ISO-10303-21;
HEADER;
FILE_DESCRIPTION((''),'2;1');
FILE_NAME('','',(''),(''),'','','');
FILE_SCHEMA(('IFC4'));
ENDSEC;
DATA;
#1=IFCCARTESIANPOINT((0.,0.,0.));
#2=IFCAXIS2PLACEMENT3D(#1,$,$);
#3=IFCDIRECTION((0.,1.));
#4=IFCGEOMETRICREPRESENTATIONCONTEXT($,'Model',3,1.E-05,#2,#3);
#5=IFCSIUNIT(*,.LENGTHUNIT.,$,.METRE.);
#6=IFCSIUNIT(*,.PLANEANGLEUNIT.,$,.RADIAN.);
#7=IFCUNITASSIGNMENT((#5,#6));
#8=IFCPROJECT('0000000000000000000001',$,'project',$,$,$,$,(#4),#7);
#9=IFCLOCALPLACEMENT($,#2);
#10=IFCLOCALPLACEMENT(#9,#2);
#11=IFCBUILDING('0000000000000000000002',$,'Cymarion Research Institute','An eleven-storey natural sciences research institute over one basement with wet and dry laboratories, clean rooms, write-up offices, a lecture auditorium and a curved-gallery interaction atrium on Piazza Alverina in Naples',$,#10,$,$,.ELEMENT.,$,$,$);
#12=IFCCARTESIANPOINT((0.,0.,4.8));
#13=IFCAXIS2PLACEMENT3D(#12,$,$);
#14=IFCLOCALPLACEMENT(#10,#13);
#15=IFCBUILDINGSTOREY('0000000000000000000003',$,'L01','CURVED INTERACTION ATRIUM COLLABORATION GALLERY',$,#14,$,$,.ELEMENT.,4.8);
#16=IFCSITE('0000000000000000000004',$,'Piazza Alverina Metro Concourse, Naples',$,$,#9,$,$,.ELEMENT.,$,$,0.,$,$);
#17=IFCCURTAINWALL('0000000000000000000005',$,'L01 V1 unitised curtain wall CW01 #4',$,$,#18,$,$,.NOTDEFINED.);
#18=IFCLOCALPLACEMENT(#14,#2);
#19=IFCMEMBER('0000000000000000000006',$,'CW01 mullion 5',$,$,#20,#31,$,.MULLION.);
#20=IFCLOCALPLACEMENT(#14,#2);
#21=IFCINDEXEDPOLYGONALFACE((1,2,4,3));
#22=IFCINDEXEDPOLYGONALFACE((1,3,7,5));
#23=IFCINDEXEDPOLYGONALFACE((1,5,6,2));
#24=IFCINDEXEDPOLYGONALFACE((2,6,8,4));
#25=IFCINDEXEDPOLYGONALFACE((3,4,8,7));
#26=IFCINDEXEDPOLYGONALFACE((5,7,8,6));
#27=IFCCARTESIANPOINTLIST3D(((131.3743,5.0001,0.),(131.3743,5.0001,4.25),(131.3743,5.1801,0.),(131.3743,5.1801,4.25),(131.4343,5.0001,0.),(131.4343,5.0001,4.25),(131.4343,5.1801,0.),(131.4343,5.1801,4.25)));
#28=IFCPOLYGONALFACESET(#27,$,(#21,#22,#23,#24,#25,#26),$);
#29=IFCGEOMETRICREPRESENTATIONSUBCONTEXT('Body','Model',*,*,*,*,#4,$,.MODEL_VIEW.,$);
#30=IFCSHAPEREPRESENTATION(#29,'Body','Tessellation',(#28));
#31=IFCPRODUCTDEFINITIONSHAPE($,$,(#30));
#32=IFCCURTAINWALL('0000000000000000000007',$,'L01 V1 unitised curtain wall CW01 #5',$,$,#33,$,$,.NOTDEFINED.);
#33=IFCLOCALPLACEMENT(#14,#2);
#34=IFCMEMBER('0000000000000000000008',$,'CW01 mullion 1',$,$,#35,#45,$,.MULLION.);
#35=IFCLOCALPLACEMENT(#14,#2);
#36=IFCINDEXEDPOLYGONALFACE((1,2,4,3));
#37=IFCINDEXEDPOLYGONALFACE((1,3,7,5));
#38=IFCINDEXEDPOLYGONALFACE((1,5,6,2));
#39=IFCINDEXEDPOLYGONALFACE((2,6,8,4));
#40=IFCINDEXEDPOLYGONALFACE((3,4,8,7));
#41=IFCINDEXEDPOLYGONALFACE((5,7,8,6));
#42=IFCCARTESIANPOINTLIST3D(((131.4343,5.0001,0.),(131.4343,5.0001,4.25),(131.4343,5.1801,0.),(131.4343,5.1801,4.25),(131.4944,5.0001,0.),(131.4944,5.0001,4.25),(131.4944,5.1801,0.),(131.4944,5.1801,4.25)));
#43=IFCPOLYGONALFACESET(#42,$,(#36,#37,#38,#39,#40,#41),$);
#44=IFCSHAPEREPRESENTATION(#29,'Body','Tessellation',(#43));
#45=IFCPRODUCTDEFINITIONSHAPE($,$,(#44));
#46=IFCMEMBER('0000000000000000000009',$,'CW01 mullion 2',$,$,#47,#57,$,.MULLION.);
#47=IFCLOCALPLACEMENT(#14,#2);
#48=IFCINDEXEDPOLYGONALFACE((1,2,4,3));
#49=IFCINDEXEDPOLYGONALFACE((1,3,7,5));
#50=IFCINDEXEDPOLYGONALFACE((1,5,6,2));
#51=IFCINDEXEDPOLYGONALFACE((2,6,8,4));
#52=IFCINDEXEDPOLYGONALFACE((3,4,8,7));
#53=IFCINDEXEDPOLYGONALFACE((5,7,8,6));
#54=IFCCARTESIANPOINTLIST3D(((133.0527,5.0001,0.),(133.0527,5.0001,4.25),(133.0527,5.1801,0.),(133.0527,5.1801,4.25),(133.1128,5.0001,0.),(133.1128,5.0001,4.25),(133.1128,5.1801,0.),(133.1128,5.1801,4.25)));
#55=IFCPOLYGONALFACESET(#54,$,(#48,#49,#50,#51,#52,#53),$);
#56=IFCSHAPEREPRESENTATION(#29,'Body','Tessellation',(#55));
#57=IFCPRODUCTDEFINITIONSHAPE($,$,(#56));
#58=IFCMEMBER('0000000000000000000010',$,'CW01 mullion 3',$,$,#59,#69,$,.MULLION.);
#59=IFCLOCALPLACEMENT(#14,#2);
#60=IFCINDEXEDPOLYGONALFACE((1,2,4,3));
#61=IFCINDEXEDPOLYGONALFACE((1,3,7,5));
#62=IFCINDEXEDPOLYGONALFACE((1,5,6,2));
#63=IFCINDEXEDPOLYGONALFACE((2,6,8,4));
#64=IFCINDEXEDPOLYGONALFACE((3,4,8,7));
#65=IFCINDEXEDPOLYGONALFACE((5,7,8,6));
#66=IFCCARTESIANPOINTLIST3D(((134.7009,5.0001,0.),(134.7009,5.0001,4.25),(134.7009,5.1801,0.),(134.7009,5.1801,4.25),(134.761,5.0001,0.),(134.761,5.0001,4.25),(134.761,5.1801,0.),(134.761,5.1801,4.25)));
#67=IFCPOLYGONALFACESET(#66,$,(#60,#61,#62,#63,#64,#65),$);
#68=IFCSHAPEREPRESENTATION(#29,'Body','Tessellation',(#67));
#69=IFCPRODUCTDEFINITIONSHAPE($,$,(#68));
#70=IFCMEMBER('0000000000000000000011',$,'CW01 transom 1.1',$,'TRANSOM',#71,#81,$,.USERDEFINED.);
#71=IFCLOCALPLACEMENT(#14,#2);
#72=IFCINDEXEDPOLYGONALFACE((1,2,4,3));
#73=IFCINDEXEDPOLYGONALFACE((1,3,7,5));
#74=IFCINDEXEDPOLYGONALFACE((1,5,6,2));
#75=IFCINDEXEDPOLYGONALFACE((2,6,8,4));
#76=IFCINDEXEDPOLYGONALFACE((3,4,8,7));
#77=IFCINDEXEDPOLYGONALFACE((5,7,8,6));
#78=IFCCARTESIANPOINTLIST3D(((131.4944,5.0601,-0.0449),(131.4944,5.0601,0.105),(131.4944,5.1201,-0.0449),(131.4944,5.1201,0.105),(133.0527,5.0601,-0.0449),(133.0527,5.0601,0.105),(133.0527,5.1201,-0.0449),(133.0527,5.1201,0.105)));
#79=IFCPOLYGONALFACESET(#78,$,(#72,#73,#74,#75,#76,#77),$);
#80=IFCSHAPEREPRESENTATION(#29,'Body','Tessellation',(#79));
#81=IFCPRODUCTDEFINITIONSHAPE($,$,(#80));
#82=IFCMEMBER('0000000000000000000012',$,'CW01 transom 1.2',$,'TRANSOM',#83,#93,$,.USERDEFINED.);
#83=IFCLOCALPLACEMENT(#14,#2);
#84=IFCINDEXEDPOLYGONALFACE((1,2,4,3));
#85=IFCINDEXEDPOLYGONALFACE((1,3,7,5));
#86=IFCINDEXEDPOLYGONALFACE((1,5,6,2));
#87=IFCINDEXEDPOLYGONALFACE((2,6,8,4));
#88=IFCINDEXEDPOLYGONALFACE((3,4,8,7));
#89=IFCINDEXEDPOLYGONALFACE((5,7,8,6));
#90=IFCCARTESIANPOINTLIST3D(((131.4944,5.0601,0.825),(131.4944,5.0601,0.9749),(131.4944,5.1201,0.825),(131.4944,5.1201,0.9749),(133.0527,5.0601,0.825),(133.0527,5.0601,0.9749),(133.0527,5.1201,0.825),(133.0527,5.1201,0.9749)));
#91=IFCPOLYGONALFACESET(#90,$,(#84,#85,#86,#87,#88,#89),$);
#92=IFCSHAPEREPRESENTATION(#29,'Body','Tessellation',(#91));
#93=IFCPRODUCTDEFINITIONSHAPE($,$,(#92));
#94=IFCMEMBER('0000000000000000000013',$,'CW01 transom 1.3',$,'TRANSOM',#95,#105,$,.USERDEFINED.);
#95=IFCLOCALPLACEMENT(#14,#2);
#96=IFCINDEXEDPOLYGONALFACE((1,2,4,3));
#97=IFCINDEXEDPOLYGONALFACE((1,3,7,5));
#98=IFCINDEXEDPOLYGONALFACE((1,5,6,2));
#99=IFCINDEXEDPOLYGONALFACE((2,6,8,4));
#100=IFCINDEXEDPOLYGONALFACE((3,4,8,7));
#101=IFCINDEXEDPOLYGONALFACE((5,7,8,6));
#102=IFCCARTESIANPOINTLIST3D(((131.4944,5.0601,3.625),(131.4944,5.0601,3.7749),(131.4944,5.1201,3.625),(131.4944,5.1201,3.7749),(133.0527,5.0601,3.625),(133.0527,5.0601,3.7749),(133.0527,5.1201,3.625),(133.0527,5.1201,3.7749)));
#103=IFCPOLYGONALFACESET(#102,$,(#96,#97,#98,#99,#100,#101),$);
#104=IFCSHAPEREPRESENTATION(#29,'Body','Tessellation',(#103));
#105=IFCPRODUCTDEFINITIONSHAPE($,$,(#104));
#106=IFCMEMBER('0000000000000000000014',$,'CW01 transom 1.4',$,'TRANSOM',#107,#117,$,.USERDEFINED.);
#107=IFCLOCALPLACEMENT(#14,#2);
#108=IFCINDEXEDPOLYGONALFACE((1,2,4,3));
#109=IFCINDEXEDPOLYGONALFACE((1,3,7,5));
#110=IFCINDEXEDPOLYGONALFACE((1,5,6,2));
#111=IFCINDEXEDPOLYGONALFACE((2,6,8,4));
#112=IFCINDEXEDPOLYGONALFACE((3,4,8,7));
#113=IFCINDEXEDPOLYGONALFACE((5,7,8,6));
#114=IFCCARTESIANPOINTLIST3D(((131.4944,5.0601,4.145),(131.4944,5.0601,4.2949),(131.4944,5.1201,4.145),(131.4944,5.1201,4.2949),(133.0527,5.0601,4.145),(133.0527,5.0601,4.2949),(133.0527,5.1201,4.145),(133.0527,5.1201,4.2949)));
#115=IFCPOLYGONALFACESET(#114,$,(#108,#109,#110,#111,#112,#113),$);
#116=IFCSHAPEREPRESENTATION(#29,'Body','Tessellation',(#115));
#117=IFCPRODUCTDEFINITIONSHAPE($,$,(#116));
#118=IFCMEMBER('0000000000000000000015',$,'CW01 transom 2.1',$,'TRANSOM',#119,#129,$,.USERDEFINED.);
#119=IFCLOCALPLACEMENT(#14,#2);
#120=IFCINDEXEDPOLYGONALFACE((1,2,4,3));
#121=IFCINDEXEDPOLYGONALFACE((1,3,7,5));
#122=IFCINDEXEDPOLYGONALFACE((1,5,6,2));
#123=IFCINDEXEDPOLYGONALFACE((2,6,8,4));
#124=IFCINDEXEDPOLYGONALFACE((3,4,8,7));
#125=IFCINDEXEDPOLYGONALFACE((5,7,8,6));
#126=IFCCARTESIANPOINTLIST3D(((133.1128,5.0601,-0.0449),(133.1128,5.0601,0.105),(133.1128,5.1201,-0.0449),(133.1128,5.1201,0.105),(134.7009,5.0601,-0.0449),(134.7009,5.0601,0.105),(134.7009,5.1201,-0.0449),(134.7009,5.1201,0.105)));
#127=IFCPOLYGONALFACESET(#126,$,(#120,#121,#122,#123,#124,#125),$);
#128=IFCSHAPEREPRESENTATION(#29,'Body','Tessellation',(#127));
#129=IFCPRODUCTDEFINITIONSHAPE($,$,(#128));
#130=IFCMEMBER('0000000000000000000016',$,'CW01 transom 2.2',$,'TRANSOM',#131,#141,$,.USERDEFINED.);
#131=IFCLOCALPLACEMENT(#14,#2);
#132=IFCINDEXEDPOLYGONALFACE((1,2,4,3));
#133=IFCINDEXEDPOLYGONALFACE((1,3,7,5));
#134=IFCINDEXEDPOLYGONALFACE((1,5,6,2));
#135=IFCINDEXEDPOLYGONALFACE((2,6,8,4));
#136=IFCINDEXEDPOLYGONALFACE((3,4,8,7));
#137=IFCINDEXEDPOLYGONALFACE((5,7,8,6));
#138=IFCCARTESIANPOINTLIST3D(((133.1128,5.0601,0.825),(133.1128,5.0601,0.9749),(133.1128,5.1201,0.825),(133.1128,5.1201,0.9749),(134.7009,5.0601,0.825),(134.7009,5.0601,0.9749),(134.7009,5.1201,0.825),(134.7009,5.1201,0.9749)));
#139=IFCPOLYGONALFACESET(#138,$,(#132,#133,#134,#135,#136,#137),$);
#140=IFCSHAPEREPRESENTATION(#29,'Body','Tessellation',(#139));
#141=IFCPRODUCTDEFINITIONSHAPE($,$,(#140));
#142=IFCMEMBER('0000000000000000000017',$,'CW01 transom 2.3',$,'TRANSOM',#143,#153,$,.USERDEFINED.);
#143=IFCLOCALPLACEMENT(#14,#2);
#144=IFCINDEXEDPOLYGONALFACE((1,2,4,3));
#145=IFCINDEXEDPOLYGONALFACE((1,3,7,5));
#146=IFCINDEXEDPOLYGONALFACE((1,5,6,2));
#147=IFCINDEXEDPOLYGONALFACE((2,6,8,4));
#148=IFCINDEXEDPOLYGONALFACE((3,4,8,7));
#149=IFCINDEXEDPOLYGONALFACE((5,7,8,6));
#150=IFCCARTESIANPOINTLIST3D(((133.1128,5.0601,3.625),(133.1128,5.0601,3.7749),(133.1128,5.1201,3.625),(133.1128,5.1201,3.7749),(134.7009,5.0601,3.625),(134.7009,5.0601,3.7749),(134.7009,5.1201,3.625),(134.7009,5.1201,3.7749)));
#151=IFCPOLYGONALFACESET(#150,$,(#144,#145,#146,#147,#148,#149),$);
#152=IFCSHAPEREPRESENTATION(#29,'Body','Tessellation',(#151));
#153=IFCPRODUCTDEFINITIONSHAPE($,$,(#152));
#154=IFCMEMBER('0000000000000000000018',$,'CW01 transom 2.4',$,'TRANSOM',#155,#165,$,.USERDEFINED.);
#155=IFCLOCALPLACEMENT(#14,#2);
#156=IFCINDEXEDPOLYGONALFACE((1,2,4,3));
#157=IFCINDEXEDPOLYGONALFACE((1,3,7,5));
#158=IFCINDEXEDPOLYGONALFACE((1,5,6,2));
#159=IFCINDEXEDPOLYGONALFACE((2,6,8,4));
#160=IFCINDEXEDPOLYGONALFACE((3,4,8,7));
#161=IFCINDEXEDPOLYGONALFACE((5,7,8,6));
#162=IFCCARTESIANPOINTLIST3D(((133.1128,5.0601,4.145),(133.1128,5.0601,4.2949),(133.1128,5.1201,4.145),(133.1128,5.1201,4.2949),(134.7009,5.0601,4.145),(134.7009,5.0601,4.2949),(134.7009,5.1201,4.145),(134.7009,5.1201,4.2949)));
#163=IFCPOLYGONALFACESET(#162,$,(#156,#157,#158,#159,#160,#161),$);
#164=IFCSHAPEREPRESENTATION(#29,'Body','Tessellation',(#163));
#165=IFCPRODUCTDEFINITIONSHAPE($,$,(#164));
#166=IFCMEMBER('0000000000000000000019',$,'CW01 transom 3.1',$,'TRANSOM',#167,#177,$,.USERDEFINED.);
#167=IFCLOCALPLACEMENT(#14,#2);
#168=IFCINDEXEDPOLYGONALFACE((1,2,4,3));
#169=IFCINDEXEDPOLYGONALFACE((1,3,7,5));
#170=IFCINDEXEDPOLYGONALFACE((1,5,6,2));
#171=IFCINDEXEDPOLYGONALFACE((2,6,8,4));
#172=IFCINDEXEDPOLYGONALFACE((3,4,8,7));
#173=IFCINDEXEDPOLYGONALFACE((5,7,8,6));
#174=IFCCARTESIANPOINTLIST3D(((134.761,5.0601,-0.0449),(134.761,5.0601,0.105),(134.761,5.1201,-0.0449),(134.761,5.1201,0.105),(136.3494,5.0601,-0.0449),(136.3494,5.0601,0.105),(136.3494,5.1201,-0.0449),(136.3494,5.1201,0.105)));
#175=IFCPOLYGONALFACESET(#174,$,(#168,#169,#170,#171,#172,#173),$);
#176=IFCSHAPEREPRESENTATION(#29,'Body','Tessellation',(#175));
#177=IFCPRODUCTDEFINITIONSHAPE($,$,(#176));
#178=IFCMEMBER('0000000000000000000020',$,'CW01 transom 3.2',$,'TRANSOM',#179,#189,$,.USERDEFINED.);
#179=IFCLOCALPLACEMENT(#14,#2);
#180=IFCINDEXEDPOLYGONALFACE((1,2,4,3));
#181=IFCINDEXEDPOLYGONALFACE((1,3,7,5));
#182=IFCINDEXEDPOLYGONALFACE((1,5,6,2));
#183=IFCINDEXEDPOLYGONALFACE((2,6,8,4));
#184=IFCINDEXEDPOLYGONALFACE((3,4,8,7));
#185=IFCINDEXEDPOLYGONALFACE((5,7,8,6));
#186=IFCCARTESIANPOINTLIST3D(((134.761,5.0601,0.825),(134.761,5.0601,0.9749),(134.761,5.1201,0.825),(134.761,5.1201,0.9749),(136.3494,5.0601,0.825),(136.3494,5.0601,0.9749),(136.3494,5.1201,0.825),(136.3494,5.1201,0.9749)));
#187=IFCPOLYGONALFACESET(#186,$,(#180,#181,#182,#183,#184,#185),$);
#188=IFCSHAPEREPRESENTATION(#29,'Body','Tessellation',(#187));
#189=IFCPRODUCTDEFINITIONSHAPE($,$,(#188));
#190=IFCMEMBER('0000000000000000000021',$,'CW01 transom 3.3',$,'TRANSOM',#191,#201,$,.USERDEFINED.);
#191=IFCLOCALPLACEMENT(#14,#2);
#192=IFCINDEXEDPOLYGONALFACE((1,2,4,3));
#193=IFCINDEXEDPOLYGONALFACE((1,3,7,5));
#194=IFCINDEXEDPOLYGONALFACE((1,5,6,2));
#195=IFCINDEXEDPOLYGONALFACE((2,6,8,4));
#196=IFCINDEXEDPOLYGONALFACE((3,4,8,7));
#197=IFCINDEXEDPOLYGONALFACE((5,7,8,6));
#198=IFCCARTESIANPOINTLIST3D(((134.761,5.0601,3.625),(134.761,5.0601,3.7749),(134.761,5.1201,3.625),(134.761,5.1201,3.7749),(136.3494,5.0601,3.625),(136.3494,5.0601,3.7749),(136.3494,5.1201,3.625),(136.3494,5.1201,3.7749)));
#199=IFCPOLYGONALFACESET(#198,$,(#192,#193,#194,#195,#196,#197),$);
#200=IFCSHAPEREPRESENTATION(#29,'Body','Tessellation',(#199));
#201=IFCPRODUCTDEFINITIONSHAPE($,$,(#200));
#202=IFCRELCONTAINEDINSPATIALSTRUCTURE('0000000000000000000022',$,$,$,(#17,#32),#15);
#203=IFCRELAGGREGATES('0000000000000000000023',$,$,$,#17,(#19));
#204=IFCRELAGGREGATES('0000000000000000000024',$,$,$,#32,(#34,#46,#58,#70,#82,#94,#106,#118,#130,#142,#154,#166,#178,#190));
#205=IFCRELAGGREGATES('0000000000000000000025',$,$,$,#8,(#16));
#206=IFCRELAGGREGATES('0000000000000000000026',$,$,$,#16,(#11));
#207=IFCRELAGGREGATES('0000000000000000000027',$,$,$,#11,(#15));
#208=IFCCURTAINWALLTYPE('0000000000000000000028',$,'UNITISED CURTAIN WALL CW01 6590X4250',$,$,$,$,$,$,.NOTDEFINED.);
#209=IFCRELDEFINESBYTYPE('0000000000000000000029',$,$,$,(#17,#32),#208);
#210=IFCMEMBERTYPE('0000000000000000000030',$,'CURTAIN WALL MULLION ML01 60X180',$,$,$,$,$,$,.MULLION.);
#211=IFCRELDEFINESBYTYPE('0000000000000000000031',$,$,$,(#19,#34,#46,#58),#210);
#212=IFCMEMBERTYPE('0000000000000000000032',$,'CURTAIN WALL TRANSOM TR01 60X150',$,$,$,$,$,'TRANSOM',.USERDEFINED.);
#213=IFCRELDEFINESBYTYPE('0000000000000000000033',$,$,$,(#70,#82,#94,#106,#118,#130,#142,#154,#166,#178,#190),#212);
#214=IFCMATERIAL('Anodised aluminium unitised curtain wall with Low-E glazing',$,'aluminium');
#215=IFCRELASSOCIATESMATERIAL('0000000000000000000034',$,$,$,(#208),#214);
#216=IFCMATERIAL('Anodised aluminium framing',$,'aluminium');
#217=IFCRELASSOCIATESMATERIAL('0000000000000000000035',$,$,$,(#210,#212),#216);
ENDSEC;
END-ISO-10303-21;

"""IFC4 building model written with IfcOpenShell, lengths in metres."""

from ifc_helpers import new_model, si_unit, direction, frame, origin, origin_2d, place, context, subcontext, project, spatial, rectangle, extrude, material, material_profile, profile_set, type_object, element, aggregate, save


model = new_model("IFC4")

# Units and contexts
model_context = context("Model", 3, precision=1e-05, world=origin(), true_north=direction((0.0, 1.0)))
body_context = subcontext(model_context, "Body", "Model", "MODEL_VIEW")
ifc_project = project(units=[si_unit("LENGTHUNIT", "METRE"), si_unit("PLANEANGLEUNIT", "RADIAN")], contexts=[model_context])

# Site, building, storey
site_placement = place(None, origin())
site = spatial("IfcSite", under=ifc_project, at=site_placement, Name="Piazza Alverina Metro Concourse, Naples", CompositionType="ELEMENT", RefElevation=0.0)
building_placement = place(site_placement, origin())
building = spatial("IfcBuilding", under=site, at=building_placement, Name="Cymarion Research Institute", Description="An eleven-storey natural sciences research institute over one basement with wet and dry laboratories, clean rooms, write-up offices, a lecture auditorium and a curved-gallery interaction atrium on Piazza Alverina in Naples", CompositionType="ELEMENT")
storey_placement = place(building_placement, frame((0.0, 0.0, 4.8)))
storey = spatial("IfcBuildingStorey", under=building, at=storey_placement, Name="L01", Description="CURVED INTERACTION ATRIUM COLLABORATION GALLERY", CompositionType="ELEMENT", Elevation=4.8)

# Curtain wall, member
ifc_material_1 = material(Name="Anodised aluminium unitised curtain wall with Low-E glazing", Category="aluminium")
curtain_wall_type = type_object("IfcCurtainWallType", Name="UNITISED CURTAIN WALL CW01 6590X4250", PredefinedType="NOTDEFINED", material=ifc_material_1)
curtain_wall_1_placement = place(storey_placement, origin())
curtain_wall_1 = element("IfcCurtainWall", 1, at=curtain_wall_1_placement, inside=storey, type_object=curtain_wall_type, Name="L01 V1 unitised curtain wall CW01 #4", PredefinedType="NOTDEFINED")
ifc_material_2 = material(Name="Anodised aluminium framing", Category="aluminium")
ifc_material_profile_1 = material_profile(ifc_material_2, rectangle(XDim=0.0601, YDim=0.1799, at=origin_2d()), Name="ALU MULLION 60x180")
ifc_profile_set_1 = profile_set([ifc_material_profile_1], Name="Anodised aluminium framing")
member_type_1 = type_object("IfcMemberType", Name="CURTAIN WALL MULLION ML01 60X180", PredefinedType="MULLION", material=ifc_profile_set_1)
member_1_placement = place(storey_placement, frame((131.4043, 5.0901, 0.0), z_axis=(0.0, 0.0, 1.0), x_axis=(1.0, 0.0, 0.0)))
member_1 = element("IfcMember", 2, at=member_1_placement, type_object=member_type_1, Name="CW01 mullion 5", PredefinedType="MULLION", context=body_context, shape_type="SweptSolid", body=[
    extrude(rectangle(XDim=0.0601, YDim=0.1799, at=origin_2d()), origin(), (0.0, 0.0, 1.0), 4.25),
])

# Curtain wall, members
curtain_wall_2_placement = place(storey_placement, origin())
curtain_wall_2 = element("IfcCurtainWall", 3, at=curtain_wall_2_placement, inside=storey, type_object=curtain_wall_type, Name="L01 V1 unitised curtain wall CW01 #5", PredefinedType="NOTDEFINED")
member_2_placement = place(storey_placement, frame((131.4644, 5.0901, 0.0), z_axis=(0.0, 0.0, 1.0), x_axis=(1.0, 0.0, 0.0)))
member_2 = element("IfcMember", 4, at=member_2_placement, type_object=member_type_1, Name="CW01 mullion 1", PredefinedType="MULLION", context=body_context, shape_type="SweptSolid", body=[
    extrude(rectangle(XDim=0.0601, YDim=0.1799, at=origin_2d()), origin(), (0.0, 0.0, 1.0), 4.25),
])
member_3_placement = place(storey_placement, frame((133.0828, 5.0901, 0.0), z_axis=(0.0, 0.0, 1.0), x_axis=(1.0, 0.0, 0.0)))
member_3 = element("IfcMember", 5, at=member_3_placement, type_object=member_type_1, Name="CW01 mullion 2", PredefinedType="MULLION", context=body_context, shape_type="SweptSolid", body=[
    extrude(rectangle(XDim=0.0601, YDim=0.1799, at=origin_2d()), origin(), (0.0, 0.0, 1.0), 4.25),
])
member_4_placement = place(storey_placement, frame((134.731, 5.0901, 0.0), z_axis=(0.0, 0.0, 1.0), x_axis=(1.0, 0.0, 0.0)))
member_4 = element("IfcMember", 6, at=member_4_placement, type_object=member_type_1, Name="CW01 mullion 3", PredefinedType="MULLION", context=body_context, shape_type="SweptSolid", body=[
    extrude(rectangle(XDim=0.0601, YDim=0.1799, at=origin_2d()), origin(), (0.0, 0.0, 1.0), 4.25),
])
ifc_material_profile_2 = material_profile(ifc_material_2, rectangle(XDim=0.0601, YDim=0.1499, at=origin_2d()), Name="ALU TRANSOM 60x150")
ifc_profile_set_2 = profile_set([ifc_material_profile_2], Name="Anodised aluminium framing")
member_type_2 = type_object("IfcMemberType", Name="CURTAIN WALL TRANSOM TR01 60X150", ElementType="TRANSOM", PredefinedType="USERDEFINED", material=ifc_profile_set_2)
member_5_placement = place(storey_placement, frame((131.4944, 5.0901, 0.03), z_axis=(1.0, 0.0, 0.0), x_axis=(0.0, 1.0, 0.0)))
member_5 = element("IfcMember", 7, at=member_5_placement, type_object=member_type_2, Name="CW01 transom 1.1", ObjectType="TRANSOM", PredefinedType="USERDEFINED", context=body_context, shape_type="SweptSolid", body=[
    extrude(rectangle(XDim=0.0601, YDim=0.1499, at=origin_2d()), origin(), (0.0, 0.0, 1.0), 1.5583),
])
member_6_placement = place(storey_placement, frame((131.4944, 5.0901, 0.8999), z_axis=(1.0, 0.0, 0.0), x_axis=(0.0, 1.0, 0.0)))
member_6 = element("IfcMember", 8, at=member_6_placement, type_object=member_type_2, Name="CW01 transom 1.2", ObjectType="TRANSOM", PredefinedType="USERDEFINED", context=body_context, shape_type="SweptSolid", body=[
    extrude(rectangle(XDim=0.0601, YDim=0.1499, at=origin_2d()), origin(), (0.0, 0.0, 1.0), 1.5583),
])
member_7_placement = place(storey_placement, frame((131.4944, 5.0901, 3.7), z_axis=(1.0, 0.0, 0.0), x_axis=(0.0, 1.0, 0.0)))
member_7 = element("IfcMember", 9, at=member_7_placement, type_object=member_type_2, Name="CW01 transom 1.3", ObjectType="TRANSOM", PredefinedType="USERDEFINED", context=body_context, shape_type="SweptSolid", body=[
    extrude(rectangle(XDim=0.0601, YDim=0.1499, at=origin_2d()), origin(), (0.0, 0.0, 1.0), 1.5583),
])
member_8_placement = place(storey_placement, frame((131.4944, 5.0901, 4.22), z_axis=(1.0, 0.0, 0.0), x_axis=(0.0, 1.0, 0.0)))
member_8 = element("IfcMember", 10, at=member_8_placement, type_object=member_type_2, Name="CW01 transom 1.4", ObjectType="TRANSOM", PredefinedType="USERDEFINED", context=body_context, shape_type="SweptSolid", body=[
    extrude(rectangle(XDim=0.0601, YDim=0.1499, at=origin_2d()), origin(), (0.0, 0.0, 1.0), 1.5583),
])
member_9_placement = place(storey_placement, frame((133.1128, 5.0901, 0.03), z_axis=(1.0, 0.0, 0.0), x_axis=(0.0, 1.0, 0.0)))
member_9 = element("IfcMember", 11, at=member_9_placement, type_object=member_type_2, Name="CW01 transom 2.1", ObjectType="TRANSOM", PredefinedType="USERDEFINED", context=body_context, shape_type="SweptSolid", body=[
    extrude(rectangle(XDim=0.0601, YDim=0.1499, at=origin_2d()), origin(), (0.0, 0.0, 1.0), 1.5881),
])
member_10_placement = place(storey_placement, frame((133.1128, 5.0901, 0.8999), z_axis=(1.0, 0.0, 0.0), x_axis=(0.0, 1.0, 0.0)))
member_10 = element("IfcMember", 12, at=member_10_placement, type_object=member_type_2, Name="CW01 transom 2.2", ObjectType="TRANSOM", PredefinedType="USERDEFINED", context=body_context, shape_type="SweptSolid", body=[
    extrude(rectangle(XDim=0.0601, YDim=0.1499, at=origin_2d()), origin(), (0.0, 0.0, 1.0), 1.5881),
])
member_11_placement = place(storey_placement, frame((133.1128, 5.0901, 3.7), z_axis=(1.0, 0.0, 0.0), x_axis=(0.0, 1.0, 0.0)))
member_11 = element("IfcMember", 13, at=member_11_placement, type_object=member_type_2, Name="CW01 transom 2.3", ObjectType="TRANSOM", PredefinedType="USERDEFINED", context=body_context, shape_type="SweptSolid", body=[
    extrude(rectangle(XDim=0.0601, YDim=0.1499, at=origin_2d()), origin(), (0.0, 0.0, 1.0), 1.5881),
])
member_12_placement = place(storey_placement, frame((133.1128, 5.0901, 4.22), z_axis=(1.0, 0.0, 0.0), x_axis=(0.0, 1.0, 0.0)))
member_12 = element("IfcMember", 14, at=member_12_placement, type_object=member_type_2, Name="CW01 transom 2.4", ObjectType="TRANSOM", PredefinedType="USERDEFINED", context=body_context, shape_type="SweptSolid", body=[
    extrude(rectangle(XDim=0.0601, YDim=0.1499, at=origin_2d()), origin(), (0.0, 0.0, 1.0), 1.5881),
])
member_13_placement = place(storey_placement, frame((134.761, 5.0901, 0.03), z_axis=(1.0, 0.0, 0.0), x_axis=(0.0, 1.0, 0.0)))
member_13 = element("IfcMember", 15, at=member_13_placement, type_object=member_type_2, Name="CW01 transom 3.1", ObjectType="TRANSOM", PredefinedType="USERDEFINED", context=body_context, shape_type="SweptSolid", body=[
    extrude(rectangle(XDim=0.0601, YDim=0.1499, at=origin_2d()), origin(), (0.0, 0.0, 1.0), 1.5884),
])
member_14_placement = place(storey_placement, frame((134.761, 5.0901, 0.8999), z_axis=(1.0, 0.0, 0.0), x_axis=(0.0, 1.0, 0.0)))
member_14 = element("IfcMember", 16, at=member_14_placement, type_object=member_type_2, Name="CW01 transom 3.2", ObjectType="TRANSOM", PredefinedType="USERDEFINED", context=body_context, shape_type="SweptSolid", body=[
    extrude(rectangle(XDim=0.0601, YDim=0.1499, at=origin_2d()), origin(), (0.0, 0.0, 1.0), 1.5884),
])
member_15_placement = place(storey_placement, frame((134.761, 5.0901, 3.7), z_axis=(1.0, 0.0, 0.0), x_axis=(0.0, 1.0, 0.0)))
member_15 = element("IfcMember", 17, at=member_15_placement, type_object=member_type_2, Name="CW01 transom 3.3", ObjectType="TRANSOM", PredefinedType="USERDEFINED", context=body_context, shape_type="SweptSolid", body=[
    extrude(rectangle(XDim=0.0601, YDim=0.1499, at=origin_2d()), origin(), (0.0, 0.0, 1.0), 1.5884),
])

aggregate(curtain_wall_1, [member_1])
aggregate(curtain_wall_2, [member_2, member_3, member_4, member_5, member_6, member_7, member_8, member_9, member_10, member_11, member_12, member_13, member_14, member_15])

save(model, "model.ifc")
